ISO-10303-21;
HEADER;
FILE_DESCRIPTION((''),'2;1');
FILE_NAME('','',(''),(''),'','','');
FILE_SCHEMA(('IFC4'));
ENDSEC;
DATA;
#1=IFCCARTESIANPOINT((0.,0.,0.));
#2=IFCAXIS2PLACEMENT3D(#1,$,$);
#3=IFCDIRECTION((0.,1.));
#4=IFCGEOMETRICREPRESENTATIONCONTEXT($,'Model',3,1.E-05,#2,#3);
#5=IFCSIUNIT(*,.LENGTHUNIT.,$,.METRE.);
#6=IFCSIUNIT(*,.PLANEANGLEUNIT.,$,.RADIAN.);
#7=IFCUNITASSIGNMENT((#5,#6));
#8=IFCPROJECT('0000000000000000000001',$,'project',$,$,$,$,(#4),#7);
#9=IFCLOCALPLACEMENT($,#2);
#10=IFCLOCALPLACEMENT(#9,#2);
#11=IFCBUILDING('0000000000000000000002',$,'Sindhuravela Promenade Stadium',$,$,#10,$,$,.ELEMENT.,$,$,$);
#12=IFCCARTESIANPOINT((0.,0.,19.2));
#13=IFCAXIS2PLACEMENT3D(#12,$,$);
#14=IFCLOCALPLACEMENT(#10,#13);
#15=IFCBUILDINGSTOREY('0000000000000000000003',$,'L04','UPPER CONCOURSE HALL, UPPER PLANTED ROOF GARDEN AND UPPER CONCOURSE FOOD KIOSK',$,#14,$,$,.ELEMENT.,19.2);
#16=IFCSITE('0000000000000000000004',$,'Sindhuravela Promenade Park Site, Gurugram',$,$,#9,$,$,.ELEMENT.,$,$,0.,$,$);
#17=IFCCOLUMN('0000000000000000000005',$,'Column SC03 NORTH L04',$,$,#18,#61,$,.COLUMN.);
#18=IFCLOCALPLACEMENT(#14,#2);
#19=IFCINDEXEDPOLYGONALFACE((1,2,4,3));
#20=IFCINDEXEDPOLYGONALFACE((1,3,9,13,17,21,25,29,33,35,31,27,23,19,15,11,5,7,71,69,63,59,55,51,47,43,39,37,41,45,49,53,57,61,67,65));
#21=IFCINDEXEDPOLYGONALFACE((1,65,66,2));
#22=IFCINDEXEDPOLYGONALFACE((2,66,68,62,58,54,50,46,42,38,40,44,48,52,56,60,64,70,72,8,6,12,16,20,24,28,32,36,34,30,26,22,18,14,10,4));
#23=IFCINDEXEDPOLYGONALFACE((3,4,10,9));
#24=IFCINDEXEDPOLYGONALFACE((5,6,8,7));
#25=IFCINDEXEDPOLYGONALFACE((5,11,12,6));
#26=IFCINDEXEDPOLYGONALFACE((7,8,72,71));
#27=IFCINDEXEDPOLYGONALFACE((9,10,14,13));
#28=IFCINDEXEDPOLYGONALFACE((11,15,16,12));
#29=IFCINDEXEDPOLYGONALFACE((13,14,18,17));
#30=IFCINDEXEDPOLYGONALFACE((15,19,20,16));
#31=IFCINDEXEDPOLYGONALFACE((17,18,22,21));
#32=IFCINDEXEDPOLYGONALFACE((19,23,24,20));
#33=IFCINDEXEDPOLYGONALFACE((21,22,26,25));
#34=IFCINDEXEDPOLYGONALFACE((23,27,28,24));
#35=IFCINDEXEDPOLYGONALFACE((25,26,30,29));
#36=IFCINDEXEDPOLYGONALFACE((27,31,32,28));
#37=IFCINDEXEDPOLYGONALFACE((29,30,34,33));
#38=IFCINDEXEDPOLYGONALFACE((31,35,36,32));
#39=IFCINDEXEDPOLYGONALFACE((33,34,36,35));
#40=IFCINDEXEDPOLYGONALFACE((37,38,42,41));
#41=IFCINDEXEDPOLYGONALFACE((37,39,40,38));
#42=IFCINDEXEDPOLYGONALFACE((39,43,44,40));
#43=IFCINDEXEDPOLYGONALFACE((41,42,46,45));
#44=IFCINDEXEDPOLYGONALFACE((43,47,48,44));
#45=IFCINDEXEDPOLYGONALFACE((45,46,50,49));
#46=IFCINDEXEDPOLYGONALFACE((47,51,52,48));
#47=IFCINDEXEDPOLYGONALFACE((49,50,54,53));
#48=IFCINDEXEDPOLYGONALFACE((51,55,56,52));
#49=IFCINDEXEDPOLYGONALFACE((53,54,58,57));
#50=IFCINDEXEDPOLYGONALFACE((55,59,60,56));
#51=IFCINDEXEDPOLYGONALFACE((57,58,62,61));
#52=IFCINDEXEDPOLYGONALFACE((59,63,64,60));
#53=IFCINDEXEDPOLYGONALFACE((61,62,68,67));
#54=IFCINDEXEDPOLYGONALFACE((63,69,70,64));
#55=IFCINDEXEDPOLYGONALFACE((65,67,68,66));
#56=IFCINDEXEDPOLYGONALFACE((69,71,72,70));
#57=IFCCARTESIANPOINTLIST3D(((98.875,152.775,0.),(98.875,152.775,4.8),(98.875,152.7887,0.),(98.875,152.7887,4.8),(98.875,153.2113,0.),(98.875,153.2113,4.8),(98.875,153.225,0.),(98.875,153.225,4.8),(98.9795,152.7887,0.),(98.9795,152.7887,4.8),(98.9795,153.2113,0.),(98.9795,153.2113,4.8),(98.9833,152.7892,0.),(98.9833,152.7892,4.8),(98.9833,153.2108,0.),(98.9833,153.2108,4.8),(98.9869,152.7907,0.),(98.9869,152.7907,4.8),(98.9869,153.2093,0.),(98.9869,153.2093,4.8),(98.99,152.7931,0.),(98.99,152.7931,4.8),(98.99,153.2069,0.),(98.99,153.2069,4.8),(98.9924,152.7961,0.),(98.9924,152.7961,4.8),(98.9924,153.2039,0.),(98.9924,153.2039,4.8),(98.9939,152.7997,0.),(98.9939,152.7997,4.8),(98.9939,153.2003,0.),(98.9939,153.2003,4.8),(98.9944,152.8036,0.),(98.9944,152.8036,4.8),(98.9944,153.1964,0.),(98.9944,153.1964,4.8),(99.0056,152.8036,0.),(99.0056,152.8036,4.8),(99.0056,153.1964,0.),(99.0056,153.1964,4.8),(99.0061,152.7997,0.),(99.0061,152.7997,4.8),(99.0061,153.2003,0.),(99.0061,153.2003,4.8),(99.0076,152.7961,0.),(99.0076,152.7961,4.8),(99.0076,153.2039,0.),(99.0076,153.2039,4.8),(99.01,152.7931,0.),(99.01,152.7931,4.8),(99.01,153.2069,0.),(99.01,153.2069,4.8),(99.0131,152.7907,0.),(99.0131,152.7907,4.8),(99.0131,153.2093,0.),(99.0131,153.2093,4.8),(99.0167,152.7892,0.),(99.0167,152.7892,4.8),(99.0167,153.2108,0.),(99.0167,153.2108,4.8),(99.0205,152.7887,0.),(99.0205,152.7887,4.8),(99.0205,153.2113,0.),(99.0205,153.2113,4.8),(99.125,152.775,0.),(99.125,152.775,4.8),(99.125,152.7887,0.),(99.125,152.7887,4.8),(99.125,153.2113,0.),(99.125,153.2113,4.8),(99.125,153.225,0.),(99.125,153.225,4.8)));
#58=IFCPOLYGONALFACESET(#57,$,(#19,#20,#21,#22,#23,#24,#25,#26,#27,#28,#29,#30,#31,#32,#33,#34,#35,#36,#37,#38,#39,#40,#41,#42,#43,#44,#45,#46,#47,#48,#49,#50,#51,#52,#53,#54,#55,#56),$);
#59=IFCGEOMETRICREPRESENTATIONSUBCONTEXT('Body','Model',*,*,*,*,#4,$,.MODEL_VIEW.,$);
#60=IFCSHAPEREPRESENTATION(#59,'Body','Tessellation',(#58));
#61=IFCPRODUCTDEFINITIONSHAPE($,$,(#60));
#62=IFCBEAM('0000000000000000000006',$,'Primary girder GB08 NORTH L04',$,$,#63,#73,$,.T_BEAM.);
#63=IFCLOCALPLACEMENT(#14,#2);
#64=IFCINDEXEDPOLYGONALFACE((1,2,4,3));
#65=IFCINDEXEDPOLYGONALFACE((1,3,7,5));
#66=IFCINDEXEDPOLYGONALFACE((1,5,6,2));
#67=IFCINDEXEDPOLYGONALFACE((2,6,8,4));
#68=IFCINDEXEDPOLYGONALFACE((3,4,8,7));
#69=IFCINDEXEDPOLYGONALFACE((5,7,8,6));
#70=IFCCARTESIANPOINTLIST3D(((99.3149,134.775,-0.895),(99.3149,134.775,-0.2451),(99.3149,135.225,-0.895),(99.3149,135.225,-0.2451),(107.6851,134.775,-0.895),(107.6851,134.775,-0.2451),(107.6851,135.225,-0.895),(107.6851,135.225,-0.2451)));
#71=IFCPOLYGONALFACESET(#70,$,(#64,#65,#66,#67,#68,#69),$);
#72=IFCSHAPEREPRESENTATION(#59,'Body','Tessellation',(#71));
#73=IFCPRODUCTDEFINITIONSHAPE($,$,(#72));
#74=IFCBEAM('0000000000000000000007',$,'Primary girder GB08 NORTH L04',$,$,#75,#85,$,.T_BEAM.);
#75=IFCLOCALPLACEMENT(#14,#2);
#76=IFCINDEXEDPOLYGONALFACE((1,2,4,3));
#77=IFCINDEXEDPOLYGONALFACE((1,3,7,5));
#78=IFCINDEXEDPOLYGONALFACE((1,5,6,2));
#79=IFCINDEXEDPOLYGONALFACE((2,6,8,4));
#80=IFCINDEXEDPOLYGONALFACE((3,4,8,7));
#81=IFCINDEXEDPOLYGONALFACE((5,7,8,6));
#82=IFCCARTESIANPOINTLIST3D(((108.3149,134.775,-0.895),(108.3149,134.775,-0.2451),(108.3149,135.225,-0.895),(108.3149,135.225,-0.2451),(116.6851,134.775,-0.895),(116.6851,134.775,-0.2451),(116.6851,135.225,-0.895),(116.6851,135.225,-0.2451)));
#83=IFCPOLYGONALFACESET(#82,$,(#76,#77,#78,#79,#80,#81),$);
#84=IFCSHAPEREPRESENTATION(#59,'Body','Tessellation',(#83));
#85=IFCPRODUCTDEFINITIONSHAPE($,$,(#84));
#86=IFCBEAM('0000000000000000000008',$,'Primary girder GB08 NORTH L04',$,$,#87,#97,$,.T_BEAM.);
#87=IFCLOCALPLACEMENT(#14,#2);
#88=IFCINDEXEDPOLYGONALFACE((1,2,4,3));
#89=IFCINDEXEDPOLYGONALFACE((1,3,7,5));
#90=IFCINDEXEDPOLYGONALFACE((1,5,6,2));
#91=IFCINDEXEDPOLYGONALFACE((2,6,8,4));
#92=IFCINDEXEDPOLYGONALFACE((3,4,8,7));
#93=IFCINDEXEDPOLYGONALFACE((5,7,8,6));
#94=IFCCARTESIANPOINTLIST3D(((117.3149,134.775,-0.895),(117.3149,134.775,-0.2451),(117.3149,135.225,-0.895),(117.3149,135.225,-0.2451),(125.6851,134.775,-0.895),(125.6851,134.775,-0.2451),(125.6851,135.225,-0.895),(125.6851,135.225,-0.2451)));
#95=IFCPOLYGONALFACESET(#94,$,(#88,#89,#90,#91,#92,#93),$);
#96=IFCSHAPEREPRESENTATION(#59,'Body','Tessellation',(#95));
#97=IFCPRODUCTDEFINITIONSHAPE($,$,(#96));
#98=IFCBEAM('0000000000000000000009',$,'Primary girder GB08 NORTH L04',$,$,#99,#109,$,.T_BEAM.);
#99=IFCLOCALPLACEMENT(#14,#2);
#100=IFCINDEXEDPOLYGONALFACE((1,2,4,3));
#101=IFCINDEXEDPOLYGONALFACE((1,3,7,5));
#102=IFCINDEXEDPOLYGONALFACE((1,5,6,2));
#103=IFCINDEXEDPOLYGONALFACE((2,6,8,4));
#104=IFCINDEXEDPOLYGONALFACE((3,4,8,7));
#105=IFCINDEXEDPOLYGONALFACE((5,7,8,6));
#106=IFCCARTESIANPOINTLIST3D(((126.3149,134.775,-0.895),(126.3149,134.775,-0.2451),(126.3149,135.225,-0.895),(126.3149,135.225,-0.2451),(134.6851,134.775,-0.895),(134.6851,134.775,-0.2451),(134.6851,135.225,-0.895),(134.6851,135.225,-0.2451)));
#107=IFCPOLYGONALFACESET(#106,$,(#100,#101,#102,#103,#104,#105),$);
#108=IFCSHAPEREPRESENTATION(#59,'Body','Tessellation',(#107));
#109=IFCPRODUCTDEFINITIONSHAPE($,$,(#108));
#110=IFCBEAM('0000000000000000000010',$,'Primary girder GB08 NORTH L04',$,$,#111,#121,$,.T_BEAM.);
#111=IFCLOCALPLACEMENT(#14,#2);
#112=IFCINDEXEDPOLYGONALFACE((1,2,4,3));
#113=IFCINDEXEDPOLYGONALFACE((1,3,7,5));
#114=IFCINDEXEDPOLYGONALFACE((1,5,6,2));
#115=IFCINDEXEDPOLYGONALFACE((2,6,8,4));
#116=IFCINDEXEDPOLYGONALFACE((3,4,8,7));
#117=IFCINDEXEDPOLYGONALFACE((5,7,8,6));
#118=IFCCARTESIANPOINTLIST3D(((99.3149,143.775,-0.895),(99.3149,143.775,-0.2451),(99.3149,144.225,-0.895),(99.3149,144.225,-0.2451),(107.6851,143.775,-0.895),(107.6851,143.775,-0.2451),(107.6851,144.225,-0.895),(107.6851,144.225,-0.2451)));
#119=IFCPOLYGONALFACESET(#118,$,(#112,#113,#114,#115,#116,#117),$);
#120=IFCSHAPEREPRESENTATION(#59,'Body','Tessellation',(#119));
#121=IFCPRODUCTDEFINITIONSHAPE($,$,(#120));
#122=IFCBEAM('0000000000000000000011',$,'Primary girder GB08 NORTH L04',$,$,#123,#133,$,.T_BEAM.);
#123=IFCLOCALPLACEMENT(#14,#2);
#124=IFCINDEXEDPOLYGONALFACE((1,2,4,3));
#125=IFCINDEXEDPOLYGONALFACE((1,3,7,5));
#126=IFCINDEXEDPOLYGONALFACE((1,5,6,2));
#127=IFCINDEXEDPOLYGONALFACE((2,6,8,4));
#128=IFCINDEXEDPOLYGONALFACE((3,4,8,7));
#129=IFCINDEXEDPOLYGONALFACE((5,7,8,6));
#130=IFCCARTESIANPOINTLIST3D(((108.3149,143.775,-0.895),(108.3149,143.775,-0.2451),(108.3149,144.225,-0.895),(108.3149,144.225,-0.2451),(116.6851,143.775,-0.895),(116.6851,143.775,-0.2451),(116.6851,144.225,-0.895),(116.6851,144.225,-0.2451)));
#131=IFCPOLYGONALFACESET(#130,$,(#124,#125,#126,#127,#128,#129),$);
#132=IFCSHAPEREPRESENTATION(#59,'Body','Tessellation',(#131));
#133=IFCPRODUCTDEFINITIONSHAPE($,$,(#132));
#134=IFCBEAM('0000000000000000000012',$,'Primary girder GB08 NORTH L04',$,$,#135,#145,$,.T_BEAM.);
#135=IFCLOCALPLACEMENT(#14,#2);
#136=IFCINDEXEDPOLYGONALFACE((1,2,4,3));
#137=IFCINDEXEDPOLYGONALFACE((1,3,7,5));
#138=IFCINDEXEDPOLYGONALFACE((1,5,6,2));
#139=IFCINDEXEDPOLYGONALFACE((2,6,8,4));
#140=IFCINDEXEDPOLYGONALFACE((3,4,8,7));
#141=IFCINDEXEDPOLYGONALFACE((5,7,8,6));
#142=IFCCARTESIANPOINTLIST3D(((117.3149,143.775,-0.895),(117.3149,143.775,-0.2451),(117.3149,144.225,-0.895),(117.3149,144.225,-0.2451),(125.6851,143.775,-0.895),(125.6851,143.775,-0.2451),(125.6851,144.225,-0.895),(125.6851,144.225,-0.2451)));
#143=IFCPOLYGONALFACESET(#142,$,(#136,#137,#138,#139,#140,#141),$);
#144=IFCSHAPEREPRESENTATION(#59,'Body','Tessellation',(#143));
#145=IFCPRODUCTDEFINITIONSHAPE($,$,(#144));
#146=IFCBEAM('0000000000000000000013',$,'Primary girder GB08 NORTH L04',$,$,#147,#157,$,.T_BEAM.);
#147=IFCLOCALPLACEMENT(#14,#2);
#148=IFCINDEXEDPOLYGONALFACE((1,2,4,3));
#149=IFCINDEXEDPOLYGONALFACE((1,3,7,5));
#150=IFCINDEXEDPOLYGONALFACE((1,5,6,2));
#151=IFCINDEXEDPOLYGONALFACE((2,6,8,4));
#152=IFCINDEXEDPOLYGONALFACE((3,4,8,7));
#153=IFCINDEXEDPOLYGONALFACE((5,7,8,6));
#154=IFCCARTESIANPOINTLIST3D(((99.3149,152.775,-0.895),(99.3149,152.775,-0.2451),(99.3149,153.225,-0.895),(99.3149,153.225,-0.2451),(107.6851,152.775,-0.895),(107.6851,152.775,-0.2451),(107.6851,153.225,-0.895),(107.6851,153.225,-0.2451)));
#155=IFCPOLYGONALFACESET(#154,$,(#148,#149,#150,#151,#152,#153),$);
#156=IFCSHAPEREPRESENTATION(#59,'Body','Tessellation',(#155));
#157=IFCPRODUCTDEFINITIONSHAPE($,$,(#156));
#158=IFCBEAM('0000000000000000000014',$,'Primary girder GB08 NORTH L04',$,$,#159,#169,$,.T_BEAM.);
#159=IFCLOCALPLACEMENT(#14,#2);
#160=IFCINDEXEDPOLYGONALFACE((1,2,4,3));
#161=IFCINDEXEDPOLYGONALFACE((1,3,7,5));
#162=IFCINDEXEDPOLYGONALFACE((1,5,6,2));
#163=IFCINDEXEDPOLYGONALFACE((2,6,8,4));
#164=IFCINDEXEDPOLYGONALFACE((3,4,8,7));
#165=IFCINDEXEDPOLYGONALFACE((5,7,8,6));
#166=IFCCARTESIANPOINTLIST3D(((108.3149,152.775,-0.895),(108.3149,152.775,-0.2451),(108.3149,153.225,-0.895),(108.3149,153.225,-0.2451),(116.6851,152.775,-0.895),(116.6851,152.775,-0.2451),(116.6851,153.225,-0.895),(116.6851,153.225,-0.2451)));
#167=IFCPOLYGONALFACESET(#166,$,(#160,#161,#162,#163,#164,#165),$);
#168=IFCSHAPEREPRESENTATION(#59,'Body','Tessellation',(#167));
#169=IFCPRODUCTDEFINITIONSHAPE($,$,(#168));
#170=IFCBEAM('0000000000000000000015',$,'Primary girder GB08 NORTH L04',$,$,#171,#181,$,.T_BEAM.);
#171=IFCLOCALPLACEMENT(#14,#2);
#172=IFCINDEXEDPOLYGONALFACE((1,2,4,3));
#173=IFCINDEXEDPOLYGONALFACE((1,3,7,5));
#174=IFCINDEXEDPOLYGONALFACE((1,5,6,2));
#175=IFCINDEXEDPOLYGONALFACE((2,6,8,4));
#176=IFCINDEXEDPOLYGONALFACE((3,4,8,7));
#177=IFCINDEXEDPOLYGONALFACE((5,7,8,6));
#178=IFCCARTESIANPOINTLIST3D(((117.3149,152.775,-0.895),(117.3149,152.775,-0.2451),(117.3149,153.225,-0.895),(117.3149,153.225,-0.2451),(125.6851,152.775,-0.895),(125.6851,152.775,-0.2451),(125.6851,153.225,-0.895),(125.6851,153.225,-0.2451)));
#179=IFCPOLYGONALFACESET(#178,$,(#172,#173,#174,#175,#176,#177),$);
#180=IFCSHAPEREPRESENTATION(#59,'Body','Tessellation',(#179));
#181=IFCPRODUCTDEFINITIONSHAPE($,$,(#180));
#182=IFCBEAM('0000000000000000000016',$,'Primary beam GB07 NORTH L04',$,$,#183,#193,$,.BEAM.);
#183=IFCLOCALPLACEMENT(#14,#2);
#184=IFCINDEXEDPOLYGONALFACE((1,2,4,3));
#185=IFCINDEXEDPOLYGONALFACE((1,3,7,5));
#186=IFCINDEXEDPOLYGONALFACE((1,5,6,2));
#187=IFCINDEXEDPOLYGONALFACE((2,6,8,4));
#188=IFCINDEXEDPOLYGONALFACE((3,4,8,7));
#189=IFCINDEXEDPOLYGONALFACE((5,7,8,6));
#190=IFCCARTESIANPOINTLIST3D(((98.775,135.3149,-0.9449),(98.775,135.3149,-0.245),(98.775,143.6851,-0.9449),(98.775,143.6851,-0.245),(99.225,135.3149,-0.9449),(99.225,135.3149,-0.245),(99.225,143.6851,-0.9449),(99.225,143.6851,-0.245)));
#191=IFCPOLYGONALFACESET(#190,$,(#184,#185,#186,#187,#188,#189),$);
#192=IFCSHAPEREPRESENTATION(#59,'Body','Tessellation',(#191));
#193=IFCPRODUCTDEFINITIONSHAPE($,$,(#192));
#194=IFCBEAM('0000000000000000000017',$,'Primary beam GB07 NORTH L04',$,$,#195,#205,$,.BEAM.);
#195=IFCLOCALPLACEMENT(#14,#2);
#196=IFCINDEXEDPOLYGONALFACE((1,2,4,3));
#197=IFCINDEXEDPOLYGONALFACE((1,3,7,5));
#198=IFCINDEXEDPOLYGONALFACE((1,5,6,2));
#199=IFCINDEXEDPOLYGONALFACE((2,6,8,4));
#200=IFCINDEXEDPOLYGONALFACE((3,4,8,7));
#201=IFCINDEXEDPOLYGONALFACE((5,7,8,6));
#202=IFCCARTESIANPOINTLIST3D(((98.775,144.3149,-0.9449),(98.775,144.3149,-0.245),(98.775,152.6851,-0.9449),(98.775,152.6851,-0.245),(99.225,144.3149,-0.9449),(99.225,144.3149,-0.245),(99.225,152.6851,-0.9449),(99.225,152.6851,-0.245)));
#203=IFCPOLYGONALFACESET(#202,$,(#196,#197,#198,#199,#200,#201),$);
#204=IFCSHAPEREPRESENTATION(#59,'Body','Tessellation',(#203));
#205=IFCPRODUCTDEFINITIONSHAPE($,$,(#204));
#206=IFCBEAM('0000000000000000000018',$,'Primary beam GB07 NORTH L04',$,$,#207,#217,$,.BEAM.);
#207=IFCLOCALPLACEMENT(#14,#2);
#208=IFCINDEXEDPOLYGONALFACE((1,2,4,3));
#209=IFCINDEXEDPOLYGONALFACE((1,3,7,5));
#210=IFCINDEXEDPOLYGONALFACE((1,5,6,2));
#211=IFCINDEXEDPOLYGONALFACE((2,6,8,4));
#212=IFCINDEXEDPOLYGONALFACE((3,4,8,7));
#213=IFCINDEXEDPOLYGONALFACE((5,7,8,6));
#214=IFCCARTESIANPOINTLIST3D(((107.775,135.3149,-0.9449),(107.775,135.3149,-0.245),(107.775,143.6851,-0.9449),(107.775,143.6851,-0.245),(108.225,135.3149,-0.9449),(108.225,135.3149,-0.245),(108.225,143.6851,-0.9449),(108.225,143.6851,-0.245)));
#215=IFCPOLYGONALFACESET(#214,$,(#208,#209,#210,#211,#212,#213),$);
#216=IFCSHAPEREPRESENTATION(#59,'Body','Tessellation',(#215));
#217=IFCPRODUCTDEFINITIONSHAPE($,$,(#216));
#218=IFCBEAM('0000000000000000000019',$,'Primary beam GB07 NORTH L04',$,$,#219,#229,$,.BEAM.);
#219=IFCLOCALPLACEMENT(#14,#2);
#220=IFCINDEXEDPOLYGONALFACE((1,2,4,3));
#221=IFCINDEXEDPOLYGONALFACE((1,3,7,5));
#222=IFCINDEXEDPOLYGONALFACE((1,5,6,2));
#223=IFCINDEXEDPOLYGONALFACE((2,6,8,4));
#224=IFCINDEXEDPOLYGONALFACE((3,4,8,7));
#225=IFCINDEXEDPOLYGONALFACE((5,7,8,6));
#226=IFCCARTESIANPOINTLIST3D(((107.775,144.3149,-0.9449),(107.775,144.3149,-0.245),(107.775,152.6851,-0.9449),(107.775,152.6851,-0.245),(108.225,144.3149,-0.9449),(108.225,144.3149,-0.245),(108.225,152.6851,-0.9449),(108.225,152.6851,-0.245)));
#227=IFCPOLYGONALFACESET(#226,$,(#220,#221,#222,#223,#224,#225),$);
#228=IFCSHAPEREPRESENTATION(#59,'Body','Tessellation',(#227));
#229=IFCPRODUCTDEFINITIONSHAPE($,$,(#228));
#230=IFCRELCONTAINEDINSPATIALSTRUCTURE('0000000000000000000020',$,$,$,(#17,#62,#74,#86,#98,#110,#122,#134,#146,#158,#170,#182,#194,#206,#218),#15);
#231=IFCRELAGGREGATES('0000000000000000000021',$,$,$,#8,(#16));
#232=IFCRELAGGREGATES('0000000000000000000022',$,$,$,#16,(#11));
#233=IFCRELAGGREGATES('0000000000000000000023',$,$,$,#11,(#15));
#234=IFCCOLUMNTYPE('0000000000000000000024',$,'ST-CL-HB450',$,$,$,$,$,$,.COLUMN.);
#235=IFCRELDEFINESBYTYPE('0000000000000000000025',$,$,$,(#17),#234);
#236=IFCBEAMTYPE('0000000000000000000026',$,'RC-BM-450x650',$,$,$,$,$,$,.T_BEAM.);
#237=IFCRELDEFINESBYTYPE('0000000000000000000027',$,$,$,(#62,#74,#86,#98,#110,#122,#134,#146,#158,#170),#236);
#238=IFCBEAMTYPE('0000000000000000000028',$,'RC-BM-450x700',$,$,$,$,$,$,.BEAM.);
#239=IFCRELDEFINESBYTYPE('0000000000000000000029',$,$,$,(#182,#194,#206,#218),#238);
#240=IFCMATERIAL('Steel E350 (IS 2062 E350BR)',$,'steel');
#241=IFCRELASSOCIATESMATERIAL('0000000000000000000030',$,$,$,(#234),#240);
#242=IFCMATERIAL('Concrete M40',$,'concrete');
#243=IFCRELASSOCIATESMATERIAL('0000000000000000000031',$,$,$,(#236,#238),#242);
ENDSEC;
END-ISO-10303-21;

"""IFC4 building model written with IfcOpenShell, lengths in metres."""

from ifc_helpers import new_model, si_unit, direction, frame, origin, origin_2d, place, context, subcontext, project, spatial, rectangle, i_section, extrude, material, material_profile, profile_set, type_object, element, save


model = new_model("IFC4")

# Units and contexts
model_context = context("Model", 3, precision=1e-05, world=origin(), true_north=direction((0.0, 1.0)))
body_context = subcontext(model_context, "Body", "Model", "MODEL_VIEW")
ifc_project = project(units=[si_unit("LENGTHUNIT", "METRE"), si_unit("PLANEANGLEUNIT", "RADIAN")], contexts=[model_context])

# Site, building, storey
site_placement = place(None, origin())
site = spatial("IfcSite", under=ifc_project, at=site_placement, Name="Sindhuravela Promenade Park Site, Gurugram", CompositionType="ELEMENT", RefElevation=0.0)
building_placement = place(site_placement, origin())
building = spatial("IfcBuilding", under=site, at=building_placement, Name="Sindhuravela Promenade Stadium", CompositionType="ELEMENT")
storey_placement = place(building_placement, frame((0.0, 0.0, 19.2)))
storey = spatial("IfcBuildingStorey", under=building, at=storey_placement, Name="L04", Description="UPPER CONCOURSE HALL, UPPER PLANTED ROOF GARDEN AND UPPER CONCOURSE FOOD KIOSK", CompositionType="ELEMENT", Elevation=19.2)

# Column
ifc_material_1 = material(Name="Steel E350 (IS 2062 E350BR)", Category="steel")
ifc_material_profile_1 = material_profile(ifc_material_1, i_section(OverallWidth=0.25, OverallDepth=0.45, WebThickness=0.0112, FlangeThickness=0.0137, FilletRadius=0.0149, at=origin_2d()), Name="ISHB 450")
ifc_profile_set_1 = profile_set([ifc_material_profile_1], Name="Steel E350 (IS 2062 E350BR)")
column_type_1 = type_object("IfcColumnType", Name="ST-CL-HB450", PredefinedType="COLUMN", material=ifc_profile_set_1)
column_placement = place(storey_placement, frame((99.0, 153.0, 0.0), z_axis=(0.0, 0.0, 1.0), x_axis=(1.0, 0.0, 0.0)))
element("IfcColumn", 1, at=column_placement, inside=storey, type_object=column_type_1, Name="Column SC03 NORTH L04", PredefinedType="COLUMN", context=body_context, shape_type="SweptSolid", body=[
    extrude(i_section(OverallWidth=0.25, OverallDepth=0.45, WebThickness=0.0112, FlangeThickness=0.0137, FilletRadius=0.0149, at=origin_2d()), origin(), (0.0, 0.0, 1.0), 4.8),
])

# Beams
ifc_material_2 = material(Name="Concrete M40", Category="concrete")
ifc_material_profile_2 = material_profile(ifc_material_2, rectangle(XDim=0.45, YDim=0.6499, at=origin_2d()), Name="RC 450x650")
ifc_profile_set_2 = profile_set([ifc_material_profile_2], Name="Concrete M40")
beam_type_1 = type_object("IfcBeamType", Name="RC-BM-450x650", PredefinedType="T_BEAM", material=ifc_profile_set_2)
for number, where, z_axis, x_axis, name in (
    (2, (99.3149, 135.0, -0.5701), (1.0, 0.0, 0.0), (0.0, 1.0, 0.0), "Primary girder GB08 NORTH L04"),
    (3, (108.3149, 135.0, -0.5701), (1.0, 0.0, 0.0), (0.0, 1.0, 0.0), "Primary girder GB08 NORTH L04"),
    (4, (117.3149, 135.0, -0.5701), (1.0, 0.0, 0.0), (0.0, 1.0, 0.0), "Primary girder GB08 NORTH L04"),
    (5, (126.3149, 135.0, -0.5701), (1.0, 0.0, 0.0), (0.0, 1.0, 0.0), "Primary girder GB08 NORTH L04"),
    (6, (99.3149, 144.0, -0.5701), (1.0, 0.0, 0.0), (0.0, 1.0, 0.0), "Primary girder GB08 NORTH L04"),
    (7, (108.3149, 144.0, -0.5701), (1.0, 0.0, 0.0), (0.0, 1.0, 0.0), "Primary girder GB08 NORTH L04"),
    (8, (117.3149, 144.0, -0.5701), (1.0, 0.0, 0.0), (0.0, 1.0, 0.0), "Primary girder GB08 NORTH L04"),
    (9, (99.3149, 153.0, -0.5701), (1.0, 0.0, 0.0), (0.0, 1.0, 0.0), "Primary girder GB08 NORTH L04"),
    (10, (108.3149, 153.0, -0.5701), (1.0, 0.0, 0.0), (0.0, 1.0, 0.0), "Primary girder GB08 NORTH L04"),
    (11, (117.3149, 153.0, -0.5701), (1.0, 0.0, 0.0), (0.0, 1.0, 0.0), "Primary girder GB08 NORTH L04"),
):
    element("IfcBeam", number, at=place(storey_placement, frame(where, z_axis=z_axis, x_axis=x_axis)), inside=storey, type_object=beam_type_1, Name=name, PredefinedType="T_BEAM", context=body_context, shape_type="SweptSolid", body=[
        extrude(rectangle(XDim=0.45, YDim=0.6499, at=origin_2d()), origin(), (0.0, 0.0, 1.0), 8.3701),
    ])
ifc_material_profile_3 = material_profile(ifc_material_2, rectangle(XDim=0.45, YDim=0.7, at=origin_2d()), Name="RC 450x700")
ifc_profile_set_3 = profile_set([ifc_material_profile_3], Name="Concrete M40")
beam_type_2 = type_object("IfcBeamType", Name="RC-BM-450x700", PredefinedType="BEAM", material=ifc_profile_set_3)
for number, where, z_axis, x_axis, name in (
    (12, (99.0, 135.3149, -0.595), (0.0, 1.0, 0.0), (-1.0, 0.0, 0.0), "Primary beam GB07 NORTH L04"),
    (13, (99.0, 144.3149, -0.595), (0.0, 1.0, 0.0), (-1.0, 0.0, 0.0), "Primary beam GB07 NORTH L04"),
    (14, (108.0, 135.3149, -0.595), (0.0, 1.0, 0.0), (-1.0, 0.0, 0.0), "Primary beam GB07 NORTH L04"),
    (15, (108.0, 144.3149, -0.595), (0.0, 1.0, 0.0), (-1.0, 0.0, 0.0), "Primary beam GB07 NORTH L04"),
):
    element("IfcBeam", number, at=place(storey_placement, frame(where, z_axis=z_axis, x_axis=x_axis)), inside=storey, type_object=beam_type_2, Name=name, PredefinedType="BEAM", context=body_context, shape_type="SweptSolid", body=[
        extrude(rectangle(XDim=0.45, YDim=0.7, at=origin_2d()), origin(), (0.0, 0.0, 1.0), 8.3701),
    ])

save(model, "model.ifc")
